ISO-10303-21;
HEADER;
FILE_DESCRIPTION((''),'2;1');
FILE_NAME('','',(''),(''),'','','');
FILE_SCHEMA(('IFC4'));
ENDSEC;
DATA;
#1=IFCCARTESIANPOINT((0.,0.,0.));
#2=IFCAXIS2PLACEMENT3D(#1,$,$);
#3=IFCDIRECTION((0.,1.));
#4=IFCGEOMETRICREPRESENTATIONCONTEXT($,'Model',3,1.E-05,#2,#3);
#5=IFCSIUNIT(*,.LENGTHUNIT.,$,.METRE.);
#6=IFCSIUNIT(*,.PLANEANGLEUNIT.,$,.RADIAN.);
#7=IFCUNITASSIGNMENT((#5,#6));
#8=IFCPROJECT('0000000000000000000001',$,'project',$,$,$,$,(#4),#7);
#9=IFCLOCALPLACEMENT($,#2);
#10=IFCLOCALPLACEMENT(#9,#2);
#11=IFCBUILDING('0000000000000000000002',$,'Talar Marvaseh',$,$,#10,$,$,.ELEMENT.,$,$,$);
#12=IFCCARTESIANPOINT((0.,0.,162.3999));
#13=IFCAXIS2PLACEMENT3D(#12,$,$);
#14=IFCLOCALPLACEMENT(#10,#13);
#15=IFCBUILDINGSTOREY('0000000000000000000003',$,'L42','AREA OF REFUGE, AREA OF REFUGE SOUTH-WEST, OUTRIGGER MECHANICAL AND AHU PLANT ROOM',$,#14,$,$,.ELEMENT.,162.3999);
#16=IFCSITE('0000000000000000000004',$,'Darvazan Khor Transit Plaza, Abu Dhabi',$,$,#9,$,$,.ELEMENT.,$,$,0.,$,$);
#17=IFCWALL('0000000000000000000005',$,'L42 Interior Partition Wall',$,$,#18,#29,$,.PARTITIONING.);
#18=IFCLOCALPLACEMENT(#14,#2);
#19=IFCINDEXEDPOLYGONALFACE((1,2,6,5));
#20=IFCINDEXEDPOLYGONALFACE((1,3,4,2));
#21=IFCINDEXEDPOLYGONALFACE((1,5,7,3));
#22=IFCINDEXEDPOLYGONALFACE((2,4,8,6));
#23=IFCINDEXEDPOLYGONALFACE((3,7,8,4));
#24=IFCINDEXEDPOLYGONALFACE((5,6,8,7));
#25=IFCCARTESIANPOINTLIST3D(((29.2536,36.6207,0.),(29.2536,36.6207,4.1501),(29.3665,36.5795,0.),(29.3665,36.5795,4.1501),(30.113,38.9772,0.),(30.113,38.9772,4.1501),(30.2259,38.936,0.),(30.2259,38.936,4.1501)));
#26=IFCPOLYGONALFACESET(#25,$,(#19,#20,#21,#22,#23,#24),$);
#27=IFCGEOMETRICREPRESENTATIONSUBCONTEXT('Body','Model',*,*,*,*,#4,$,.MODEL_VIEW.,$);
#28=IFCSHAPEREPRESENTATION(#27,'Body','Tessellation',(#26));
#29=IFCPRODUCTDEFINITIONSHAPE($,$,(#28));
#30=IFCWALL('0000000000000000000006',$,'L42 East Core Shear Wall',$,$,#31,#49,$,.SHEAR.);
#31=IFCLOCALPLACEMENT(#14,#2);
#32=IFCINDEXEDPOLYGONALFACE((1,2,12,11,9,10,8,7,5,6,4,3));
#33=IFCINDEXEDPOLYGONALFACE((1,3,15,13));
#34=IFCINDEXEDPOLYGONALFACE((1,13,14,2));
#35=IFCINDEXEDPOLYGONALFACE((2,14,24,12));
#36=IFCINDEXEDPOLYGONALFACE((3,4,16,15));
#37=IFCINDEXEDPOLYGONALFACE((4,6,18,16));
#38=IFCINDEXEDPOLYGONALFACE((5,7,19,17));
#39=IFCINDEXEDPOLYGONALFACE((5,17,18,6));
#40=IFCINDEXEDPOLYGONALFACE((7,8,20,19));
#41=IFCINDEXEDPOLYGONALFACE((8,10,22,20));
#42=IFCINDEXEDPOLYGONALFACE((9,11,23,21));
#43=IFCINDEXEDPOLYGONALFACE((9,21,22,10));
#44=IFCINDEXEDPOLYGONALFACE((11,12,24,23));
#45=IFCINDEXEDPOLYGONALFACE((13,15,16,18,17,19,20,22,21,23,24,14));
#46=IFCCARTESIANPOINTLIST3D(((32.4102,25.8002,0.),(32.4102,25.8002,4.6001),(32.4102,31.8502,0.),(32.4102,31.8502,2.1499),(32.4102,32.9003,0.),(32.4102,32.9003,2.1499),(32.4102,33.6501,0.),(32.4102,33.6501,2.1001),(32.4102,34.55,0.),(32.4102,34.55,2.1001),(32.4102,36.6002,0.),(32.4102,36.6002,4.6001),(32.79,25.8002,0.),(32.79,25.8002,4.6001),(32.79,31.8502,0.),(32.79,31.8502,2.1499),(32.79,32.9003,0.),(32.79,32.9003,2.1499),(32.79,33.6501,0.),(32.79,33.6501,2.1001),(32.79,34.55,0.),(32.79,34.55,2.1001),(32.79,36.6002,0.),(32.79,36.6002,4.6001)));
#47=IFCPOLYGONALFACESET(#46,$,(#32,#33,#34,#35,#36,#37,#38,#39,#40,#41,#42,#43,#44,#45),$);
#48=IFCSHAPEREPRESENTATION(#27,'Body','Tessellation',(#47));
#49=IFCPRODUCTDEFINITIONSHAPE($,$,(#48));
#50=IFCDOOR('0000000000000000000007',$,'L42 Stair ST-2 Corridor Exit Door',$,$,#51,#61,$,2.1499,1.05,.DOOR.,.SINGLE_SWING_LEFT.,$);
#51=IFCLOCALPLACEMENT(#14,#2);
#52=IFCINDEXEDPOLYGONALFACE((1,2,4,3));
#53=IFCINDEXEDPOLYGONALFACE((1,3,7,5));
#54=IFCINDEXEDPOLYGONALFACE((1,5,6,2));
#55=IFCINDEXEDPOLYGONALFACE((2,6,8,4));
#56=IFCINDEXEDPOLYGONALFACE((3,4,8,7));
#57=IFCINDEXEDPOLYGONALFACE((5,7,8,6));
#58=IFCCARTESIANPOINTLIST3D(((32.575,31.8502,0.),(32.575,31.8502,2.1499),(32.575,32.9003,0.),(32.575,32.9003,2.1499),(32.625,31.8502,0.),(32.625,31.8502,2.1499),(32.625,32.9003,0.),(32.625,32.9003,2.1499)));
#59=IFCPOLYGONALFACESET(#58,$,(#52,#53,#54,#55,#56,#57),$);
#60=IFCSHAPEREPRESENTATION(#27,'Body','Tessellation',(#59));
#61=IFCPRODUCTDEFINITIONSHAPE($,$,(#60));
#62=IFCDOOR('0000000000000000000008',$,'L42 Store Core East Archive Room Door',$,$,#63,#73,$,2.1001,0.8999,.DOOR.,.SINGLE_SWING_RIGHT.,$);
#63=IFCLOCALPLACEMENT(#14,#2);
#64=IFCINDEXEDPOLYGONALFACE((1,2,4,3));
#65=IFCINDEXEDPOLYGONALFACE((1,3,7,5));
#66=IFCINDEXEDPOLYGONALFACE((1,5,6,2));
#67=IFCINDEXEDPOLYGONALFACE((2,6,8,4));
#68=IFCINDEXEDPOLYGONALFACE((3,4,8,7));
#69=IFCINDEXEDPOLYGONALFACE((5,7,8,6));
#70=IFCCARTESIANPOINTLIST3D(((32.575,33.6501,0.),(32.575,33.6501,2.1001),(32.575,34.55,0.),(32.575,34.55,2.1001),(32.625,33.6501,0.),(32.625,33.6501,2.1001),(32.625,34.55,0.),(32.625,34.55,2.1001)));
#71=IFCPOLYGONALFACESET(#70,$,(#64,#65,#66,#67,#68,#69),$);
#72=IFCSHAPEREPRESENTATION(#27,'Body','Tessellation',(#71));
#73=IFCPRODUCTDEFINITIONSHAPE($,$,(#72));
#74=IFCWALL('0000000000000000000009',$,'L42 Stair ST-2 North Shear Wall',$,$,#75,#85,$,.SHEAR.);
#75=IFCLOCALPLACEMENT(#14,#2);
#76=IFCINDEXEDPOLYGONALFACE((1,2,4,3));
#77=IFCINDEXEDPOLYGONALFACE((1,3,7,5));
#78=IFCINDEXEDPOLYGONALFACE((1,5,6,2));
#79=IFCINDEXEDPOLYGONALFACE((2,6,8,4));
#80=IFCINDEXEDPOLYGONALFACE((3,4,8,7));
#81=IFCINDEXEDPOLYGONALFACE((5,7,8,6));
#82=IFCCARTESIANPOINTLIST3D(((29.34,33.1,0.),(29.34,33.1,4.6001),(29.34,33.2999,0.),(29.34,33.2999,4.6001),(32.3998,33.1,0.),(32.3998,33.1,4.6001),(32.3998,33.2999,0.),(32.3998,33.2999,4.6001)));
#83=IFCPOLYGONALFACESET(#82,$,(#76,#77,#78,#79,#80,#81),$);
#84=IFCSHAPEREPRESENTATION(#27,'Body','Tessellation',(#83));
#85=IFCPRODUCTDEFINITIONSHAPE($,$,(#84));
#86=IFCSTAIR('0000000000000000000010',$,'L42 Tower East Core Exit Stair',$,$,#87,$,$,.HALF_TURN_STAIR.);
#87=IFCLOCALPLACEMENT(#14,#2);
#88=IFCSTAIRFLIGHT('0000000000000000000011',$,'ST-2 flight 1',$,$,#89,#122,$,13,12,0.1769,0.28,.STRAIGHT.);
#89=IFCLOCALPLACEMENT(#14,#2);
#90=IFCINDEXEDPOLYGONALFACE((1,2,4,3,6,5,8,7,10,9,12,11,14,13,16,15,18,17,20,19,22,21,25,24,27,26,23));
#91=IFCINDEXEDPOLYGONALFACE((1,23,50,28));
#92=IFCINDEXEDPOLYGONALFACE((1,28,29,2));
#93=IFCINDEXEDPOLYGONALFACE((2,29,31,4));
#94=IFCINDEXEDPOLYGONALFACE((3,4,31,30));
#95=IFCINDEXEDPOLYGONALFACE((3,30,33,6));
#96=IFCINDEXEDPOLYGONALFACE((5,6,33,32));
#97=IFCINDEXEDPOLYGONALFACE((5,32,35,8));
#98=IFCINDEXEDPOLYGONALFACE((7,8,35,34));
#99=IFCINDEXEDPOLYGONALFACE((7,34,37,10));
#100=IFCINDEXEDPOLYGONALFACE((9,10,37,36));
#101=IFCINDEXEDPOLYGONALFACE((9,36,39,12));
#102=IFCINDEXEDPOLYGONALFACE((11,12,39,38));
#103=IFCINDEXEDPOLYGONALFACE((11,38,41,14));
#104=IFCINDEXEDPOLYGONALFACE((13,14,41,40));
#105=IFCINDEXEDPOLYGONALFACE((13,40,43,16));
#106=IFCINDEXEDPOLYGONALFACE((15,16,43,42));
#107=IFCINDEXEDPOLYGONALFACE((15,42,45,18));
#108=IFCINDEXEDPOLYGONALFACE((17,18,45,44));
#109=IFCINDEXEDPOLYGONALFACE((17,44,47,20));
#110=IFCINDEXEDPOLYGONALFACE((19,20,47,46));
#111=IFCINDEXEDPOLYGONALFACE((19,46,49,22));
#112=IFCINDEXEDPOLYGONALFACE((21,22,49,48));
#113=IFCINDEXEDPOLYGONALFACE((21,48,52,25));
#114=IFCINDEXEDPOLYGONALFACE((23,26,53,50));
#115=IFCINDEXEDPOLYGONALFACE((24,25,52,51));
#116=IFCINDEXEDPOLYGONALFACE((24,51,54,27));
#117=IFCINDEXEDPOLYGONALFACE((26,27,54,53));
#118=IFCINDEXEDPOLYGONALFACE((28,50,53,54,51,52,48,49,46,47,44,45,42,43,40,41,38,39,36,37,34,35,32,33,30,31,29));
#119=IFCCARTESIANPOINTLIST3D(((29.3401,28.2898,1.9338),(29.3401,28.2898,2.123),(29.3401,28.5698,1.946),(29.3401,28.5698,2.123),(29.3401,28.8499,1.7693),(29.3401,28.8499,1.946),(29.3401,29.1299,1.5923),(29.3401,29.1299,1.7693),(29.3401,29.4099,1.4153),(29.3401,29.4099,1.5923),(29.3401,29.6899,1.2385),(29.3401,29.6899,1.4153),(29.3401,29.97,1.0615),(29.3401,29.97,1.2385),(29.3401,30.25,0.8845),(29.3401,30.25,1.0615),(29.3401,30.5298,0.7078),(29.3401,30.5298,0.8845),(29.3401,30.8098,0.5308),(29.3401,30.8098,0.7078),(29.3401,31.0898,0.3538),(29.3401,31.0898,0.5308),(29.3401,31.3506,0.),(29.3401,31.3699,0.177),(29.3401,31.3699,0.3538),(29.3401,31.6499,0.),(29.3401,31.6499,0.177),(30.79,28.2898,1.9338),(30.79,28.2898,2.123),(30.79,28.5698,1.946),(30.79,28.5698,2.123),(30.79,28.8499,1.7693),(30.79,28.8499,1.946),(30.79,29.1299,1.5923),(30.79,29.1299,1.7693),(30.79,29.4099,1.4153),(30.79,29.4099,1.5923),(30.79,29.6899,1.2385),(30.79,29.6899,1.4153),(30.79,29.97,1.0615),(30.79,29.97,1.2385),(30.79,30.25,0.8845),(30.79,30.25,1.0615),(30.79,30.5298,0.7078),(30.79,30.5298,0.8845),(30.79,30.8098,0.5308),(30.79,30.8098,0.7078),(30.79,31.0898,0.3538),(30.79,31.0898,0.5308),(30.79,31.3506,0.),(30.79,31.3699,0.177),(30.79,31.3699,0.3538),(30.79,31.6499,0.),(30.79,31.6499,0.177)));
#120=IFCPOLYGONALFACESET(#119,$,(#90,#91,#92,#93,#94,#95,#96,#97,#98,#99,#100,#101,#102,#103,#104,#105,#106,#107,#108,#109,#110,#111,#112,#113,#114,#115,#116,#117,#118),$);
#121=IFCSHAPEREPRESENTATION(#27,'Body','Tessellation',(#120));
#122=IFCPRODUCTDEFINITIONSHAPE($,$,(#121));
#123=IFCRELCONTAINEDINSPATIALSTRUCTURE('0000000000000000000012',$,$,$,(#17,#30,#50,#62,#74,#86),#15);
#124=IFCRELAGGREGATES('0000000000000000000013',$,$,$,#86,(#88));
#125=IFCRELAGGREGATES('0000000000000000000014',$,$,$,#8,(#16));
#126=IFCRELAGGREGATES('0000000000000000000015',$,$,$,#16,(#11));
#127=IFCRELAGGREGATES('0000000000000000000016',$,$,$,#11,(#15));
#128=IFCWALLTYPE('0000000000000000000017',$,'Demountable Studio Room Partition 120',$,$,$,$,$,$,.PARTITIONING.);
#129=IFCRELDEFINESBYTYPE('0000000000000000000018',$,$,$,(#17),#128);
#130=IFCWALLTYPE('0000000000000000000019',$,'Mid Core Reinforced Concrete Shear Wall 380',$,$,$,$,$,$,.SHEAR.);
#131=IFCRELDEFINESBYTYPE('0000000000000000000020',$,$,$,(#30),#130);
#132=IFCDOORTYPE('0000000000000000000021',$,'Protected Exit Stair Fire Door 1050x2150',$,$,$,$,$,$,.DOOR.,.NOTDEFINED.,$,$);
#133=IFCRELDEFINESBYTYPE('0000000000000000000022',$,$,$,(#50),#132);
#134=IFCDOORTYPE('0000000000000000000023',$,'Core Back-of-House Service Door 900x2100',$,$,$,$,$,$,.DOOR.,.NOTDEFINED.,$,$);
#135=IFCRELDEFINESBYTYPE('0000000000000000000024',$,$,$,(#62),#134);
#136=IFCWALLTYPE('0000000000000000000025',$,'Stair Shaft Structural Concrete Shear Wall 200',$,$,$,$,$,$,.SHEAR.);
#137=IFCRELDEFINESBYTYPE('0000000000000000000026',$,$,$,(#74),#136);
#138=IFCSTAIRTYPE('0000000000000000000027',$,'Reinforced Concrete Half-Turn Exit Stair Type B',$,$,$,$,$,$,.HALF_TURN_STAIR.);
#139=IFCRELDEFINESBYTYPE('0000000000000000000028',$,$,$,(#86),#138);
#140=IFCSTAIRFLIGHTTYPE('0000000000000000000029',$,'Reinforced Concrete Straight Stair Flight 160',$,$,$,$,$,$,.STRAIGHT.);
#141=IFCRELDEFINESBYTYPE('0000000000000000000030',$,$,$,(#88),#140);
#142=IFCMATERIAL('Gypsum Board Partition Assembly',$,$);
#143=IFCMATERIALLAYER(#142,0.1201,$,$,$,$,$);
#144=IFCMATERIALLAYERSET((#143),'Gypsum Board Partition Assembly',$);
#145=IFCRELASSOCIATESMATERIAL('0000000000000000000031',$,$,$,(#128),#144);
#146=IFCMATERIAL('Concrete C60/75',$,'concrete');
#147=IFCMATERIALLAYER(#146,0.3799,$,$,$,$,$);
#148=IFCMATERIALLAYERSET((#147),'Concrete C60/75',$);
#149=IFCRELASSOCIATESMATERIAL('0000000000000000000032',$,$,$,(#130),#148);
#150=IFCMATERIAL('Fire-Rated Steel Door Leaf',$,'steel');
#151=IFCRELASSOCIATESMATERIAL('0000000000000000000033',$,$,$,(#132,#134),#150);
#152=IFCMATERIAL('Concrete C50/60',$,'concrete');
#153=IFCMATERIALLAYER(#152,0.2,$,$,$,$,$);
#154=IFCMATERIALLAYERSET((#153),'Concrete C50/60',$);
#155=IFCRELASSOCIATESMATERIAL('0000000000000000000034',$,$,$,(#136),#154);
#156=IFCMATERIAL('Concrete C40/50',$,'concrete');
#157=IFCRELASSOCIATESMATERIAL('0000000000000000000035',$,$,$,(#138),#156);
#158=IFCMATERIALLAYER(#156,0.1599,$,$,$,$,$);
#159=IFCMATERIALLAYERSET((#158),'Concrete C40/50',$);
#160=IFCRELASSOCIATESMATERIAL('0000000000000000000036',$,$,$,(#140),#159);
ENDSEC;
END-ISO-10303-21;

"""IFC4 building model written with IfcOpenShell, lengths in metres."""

from ifc_helpers import new_model, si_unit, direction, frame, frame_2d, origin, place, context, subcontext, project, spatial, polyline, rectangle, outline, extrude, source, transform, mapped, material, layer, layer_set, type_object, type_shapes, element, fill, aggregate, save


model = new_model("IFC4")

# Units and contexts
model_context = context("Model", 3, precision=1e-05, world=origin(), true_north=direction((0.0, 1.0)))
body_context = subcontext(model_context, "Body", "Model", "MODEL_VIEW")
ifc_project = project(units=[si_unit("LENGTHUNIT", "METRE"), si_unit("PLANEANGLEUNIT", "RADIAN")], contexts=[model_context])

# Site, building, storey
site_placement = place(None, origin())
site = spatial("IfcSite", under=ifc_project, at=site_placement, Name="Darvazan Khor Transit Plaza, Abu Dhabi", CompositionType="ELEMENT", RefElevation=0.0)
building_placement = place(site_placement, origin())
building = spatial("IfcBuilding", under=site, at=building_placement, Name="Talar Marvaseh", CompositionType="ELEMENT")
storey_placement = place(building_placement, frame((0.0, 0.0, 162.3999)))
storey = spatial("IfcBuildingStorey", under=building, at=storey_placement, Name="L42", Description="AREA OF REFUGE, AREA OF REFUGE SOUTH-WEST, OUTRIGGER MECHANICAL AND AHU PLANT ROOM", CompositionType="ELEMENT", Elevation=162.3999)

# Shared definitions
ifc_material_1 = material(Name="Concrete C60/75", Category="concrete")

# Shared definitions
ifc_material_2 = material(Name="Concrete C40/50", Category="concrete")

# Shared definitions
ifc_material_3 = material(Name="Gypsum Board Partition Assembly")

# Wall
ifc_layer_1 = layer(ifc_material_3, 0.1201)
ifc_layer_set_1 = layer_set([ifc_layer_1], Name="Gypsum Board Partition Assembly")
wall_type_1 = type_object("IfcWallType", Name="Demountable Studio Room Partition 120", PredefinedType="PARTITIONING", material=ifc_layer_set_1)
wall_1_placement = place(storey_placement, frame((29.3101, 36.6001, 0.0), z_axis=(0.0, 0.0, 1.0), x_axis=(0.342618, 0.939475, 0.0)))
element("IfcWall", 1, at=wall_1_placement, inside=storey, type_object=wall_type_1, Name="L42 Interior Partition Wall", PredefinedType="PARTITIONING", context=body_context, shape_type="SweptSolid", body=[
    extrude(rectangle(XDim=2.5083, YDim=0.1201, at=frame_2d((1.2542, 0.0))), origin(), (0.0, 0.0, 1.0), 4.1501),
])

# Wall, openings, doors
ifc_layer_2 = layer(ifc_material_1, 0.3799)
ifc_layer_set_2 = layer_set([ifc_layer_2], Name="Concrete C60/75")
wall_type_2 = type_object("IfcWallType", Name="Mid Core Reinforced Concrete Shear Wall 380", PredefinedType="SHEAR", material=ifc_layer_set_2)
wall_2_placement = place(storey_placement, frame((32.6001, 36.6001, 0.0), z_axis=(0.0, 0.0, 1.0), x_axis=(0.0, -1.0, 0.0)))
wall_2 = element("IfcWall", 2, at=wall_2_placement, inside=storey, type_object=wall_type_2, Name="L42 East Core Shear Wall", PredefinedType="SHEAR", context=body_context, shape_type="SweptSolid", body=[
    extrude(rectangle(XDim=10.8, YDim=0.3799, at=frame_2d((5.3999, 0.0))), origin(), (0.0, 0.0, 1.0), 4.6001),
])
opening_1_placement = place(wall_2_placement, frame((3.7, 0.0, 0.0)))
opening_1 = element("IfcOpeningElement", 3, at=opening_1_placement, cuts=wall_2, PredefinedType="OPENING", context=body_context, shape_type="SweptSolid", body=[
    extrude(rectangle(XDim=1.05, YDim=2.1499, at=frame_2d((0.5249, 1.075))), frame((0.0, 0.2, 0.0), z_axis=(0.0, -1.0, 0.0), x_axis=(1.0, 0.0, 0.0)), (0.0, 0.0, 1.0), 0.3999),
])
opening_2_placement = place(wall_2_placement, frame((2.05, 0.0, 0.0)))
opening_2 = element("IfcOpeningElement", 4, at=opening_2_placement, cuts=wall_2, PredefinedType="OPENING", context=body_context, shape_type="SweptSolid", body=[
    extrude(rectangle(XDim=0.8999, YDim=2.1001, at=frame_2d((0.45, 1.05))), frame((0.0, 0.2, 0.0), z_axis=(0.0, -1.0, 0.0), x_axis=(1.0, 0.0, 0.0)), (0.0, 0.0, 1.0), 0.3999),
])
ifc_material_4 = material(Name="Fire-Rated Steel Door Leaf", Category="steel")
door_type_1 = type_object("IfcDoorType", Name="Protected Exit Stair Fire Door 1050x2150", OperationType="NOTDEFINED", PredefinedType="DOOR", material=ifc_material_4)
shared_shape_1 = source(origin(), body_context, "Body", "SweptSolid", [
    extrude(rectangle(XDim=1.05, YDim=2.1499, at=frame_2d((0.5249, 1.075))), frame((0.0, 0.0249, 0.0), z_axis=(0.0, -1.0, 0.0), x_axis=(1.0, 0.0, 0.0)), (0.0, 0.0, 1.0), 0.05),
])
type_shapes(door_type_1, [shared_shape_1])
door_1_placement = place(opening_1_placement, origin())
door_1 = element("IfcDoor", 5, at=door_1_placement, inside=storey, type_object=door_type_1, Name="L42 Stair ST-2 Corridor Exit Door", OperationType="SINGLE_SWING_LEFT", OverallHeight=2.1499, OverallWidth=1.05, PredefinedType="DOOR", context=body_context, shape_type="MappedRepresentation", body=[
    mapped(shared_shape_1, transform((0.0, 0.0, 0.0), x_axis=(1.0, 0.0, 0.0), y_axis=(0.0, 1.0, 0.0), z_axis=(0.0, 0.0, 1.0), scale=1.0)),
])
fill(opening_1, door_1)
door_type_2 = type_object("IfcDoorType", Name="Core Back-of-House Service Door 900x2100", OperationType="NOTDEFINED", PredefinedType="DOOR", material=ifc_material_4)
shared_shape_2 = source(origin(), body_context, "Body", "SweptSolid", [
    extrude(rectangle(XDim=0.8999, YDim=2.1001, at=frame_2d((0.45, 1.05))), frame((0.0, 0.0249, 0.0), z_axis=(0.0, -1.0, 0.0), x_axis=(1.0, 0.0, 0.0)), (0.0, 0.0, 1.0), 0.05),
])
type_shapes(door_type_2, [shared_shape_2])
door_2_placement = place(opening_2_placement, origin())
door_2 = element("IfcDoor", 6, at=door_2_placement, inside=storey, type_object=door_type_2, Name="L42 Store Core East Archive Room Door", OperationType="SINGLE_SWING_RIGHT", OverallHeight=2.1001, OverallWidth=0.8999, PredefinedType="DOOR", context=body_context, shape_type="MappedRepresentation", body=[
    mapped(shared_shape_2, transform((0.0, 0.0, 0.0), x_axis=(1.0, 0.0, 0.0), y_axis=(0.0, 1.0, 0.0), z_axis=(0.0, 0.0, 1.0), scale=1.0)),
])
fill(opening_2, door_2)

# Wall
ifc_material_5 = material(Name="Concrete C50/60", Category="concrete")
ifc_layer_3 = layer(ifc_material_5, 0.2)
ifc_layer_set_3 = layer_set([ifc_layer_3], Name="Concrete C50/60")
wall_type_3 = type_object("IfcWallType", Name="Stair Shaft Structural Concrete Shear Wall 200", PredefinedType="SHEAR", material=ifc_layer_set_3)
wall_3_placement = place(storey_placement, frame((29.3401, 33.2, 0.0), z_axis=(0.0, 0.0, 1.0), x_axis=(1.0, 0.0, 0.0)))
element("IfcWall", 7, at=wall_3_placement, inside=storey, type_object=wall_type_3, Name="L42 Stair ST-2 North Shear Wall", PredefinedType="SHEAR", context=body_context, shape_type="SweptSolid", body=[
    extrude(rectangle(XDim=3.0598, YDim=0.2, at=frame_2d((1.5298, 0.0))), origin(), (0.0, 0.0, 1.0), 4.6001),
])

# Stair, stair flight
stair_type = type_object("IfcStairType", Name="Reinforced Concrete Half-Turn Exit Stair Type B", PredefinedType="HALF_TURN_STAIR", material=ifc_material_2)
stair_placement = place(storey_placement, origin())
stair = element("IfcStair", 8, at=stair_placement, inside=storey, type_object=stair_type, Name="L42 Tower East Core Exit Stair", PredefinedType="HALF_TURN_STAIR")
ifc_layer_4 = layer(ifc_material_2, 0.1599)
ifc_layer_set_4 = layer_set([ifc_layer_4], Name="Concrete C40/50")
stair_flight_type = type_object("IfcStairFlightType", Name="Reinforced Concrete Straight Stair Flight 160", PredefinedType="STRAIGHT", material=ifc_layer_set_4)
stair_flight_placement = place(storey_placement, frame((30.0649, 31.6499, 0.0), z_axis=(0.0, 0.0, 1.0), x_axis=(0.0, -1.0, 0.0)))
stair_flight = element("IfcStairFlight", 9, at=stair_flight_placement, type_object=stair_flight_type, Name="ST-2 flight 1", NumberOfRisers=13, NumberOfTreads=12, PredefinedType="STRAIGHT", RiserHeight=0.1769, TreadLength=0.28, context=body_context, shape_type="SweptSolid", body=[
    extrude(outline(polyline([(0.0, 0.0), (0.0, 0.177), (0.28, 0.177), (0.28, 0.3538), (0.5601, 0.3538), (0.5601, 0.5308), (0.8401, 0.5308), (0.8401, 0.7078), (1.1201, 0.7078), (1.1201, 0.8845), (1.3999, 0.8845), (1.3999, 1.0615), (1.6799, 1.0615), (1.6799, 1.2385), (1.96, 1.2385), (1.96, 1.4153), (2.24, 1.4153), (2.24, 1.5923), (2.52, 1.5923), (2.52, 1.7693), (2.8, 1.7693), (2.8, 1.946), (3.0801, 1.946), (3.0801, 2.123), (3.3601, 2.123), (3.3601, 2.3), (3.3601, 1.9338), (0.2993, 0.0), (0.0, 0.0)])), frame((0.0, 0.7251, 0.0), z_axis=(0.0, -1.0, 0.0), x_axis=(1.0, 0.0, 0.0)), (0.0, 0.0, 1.0), 1.45),
])
aggregate(stair, [stair_flight])

save(model, "model.ifc")
